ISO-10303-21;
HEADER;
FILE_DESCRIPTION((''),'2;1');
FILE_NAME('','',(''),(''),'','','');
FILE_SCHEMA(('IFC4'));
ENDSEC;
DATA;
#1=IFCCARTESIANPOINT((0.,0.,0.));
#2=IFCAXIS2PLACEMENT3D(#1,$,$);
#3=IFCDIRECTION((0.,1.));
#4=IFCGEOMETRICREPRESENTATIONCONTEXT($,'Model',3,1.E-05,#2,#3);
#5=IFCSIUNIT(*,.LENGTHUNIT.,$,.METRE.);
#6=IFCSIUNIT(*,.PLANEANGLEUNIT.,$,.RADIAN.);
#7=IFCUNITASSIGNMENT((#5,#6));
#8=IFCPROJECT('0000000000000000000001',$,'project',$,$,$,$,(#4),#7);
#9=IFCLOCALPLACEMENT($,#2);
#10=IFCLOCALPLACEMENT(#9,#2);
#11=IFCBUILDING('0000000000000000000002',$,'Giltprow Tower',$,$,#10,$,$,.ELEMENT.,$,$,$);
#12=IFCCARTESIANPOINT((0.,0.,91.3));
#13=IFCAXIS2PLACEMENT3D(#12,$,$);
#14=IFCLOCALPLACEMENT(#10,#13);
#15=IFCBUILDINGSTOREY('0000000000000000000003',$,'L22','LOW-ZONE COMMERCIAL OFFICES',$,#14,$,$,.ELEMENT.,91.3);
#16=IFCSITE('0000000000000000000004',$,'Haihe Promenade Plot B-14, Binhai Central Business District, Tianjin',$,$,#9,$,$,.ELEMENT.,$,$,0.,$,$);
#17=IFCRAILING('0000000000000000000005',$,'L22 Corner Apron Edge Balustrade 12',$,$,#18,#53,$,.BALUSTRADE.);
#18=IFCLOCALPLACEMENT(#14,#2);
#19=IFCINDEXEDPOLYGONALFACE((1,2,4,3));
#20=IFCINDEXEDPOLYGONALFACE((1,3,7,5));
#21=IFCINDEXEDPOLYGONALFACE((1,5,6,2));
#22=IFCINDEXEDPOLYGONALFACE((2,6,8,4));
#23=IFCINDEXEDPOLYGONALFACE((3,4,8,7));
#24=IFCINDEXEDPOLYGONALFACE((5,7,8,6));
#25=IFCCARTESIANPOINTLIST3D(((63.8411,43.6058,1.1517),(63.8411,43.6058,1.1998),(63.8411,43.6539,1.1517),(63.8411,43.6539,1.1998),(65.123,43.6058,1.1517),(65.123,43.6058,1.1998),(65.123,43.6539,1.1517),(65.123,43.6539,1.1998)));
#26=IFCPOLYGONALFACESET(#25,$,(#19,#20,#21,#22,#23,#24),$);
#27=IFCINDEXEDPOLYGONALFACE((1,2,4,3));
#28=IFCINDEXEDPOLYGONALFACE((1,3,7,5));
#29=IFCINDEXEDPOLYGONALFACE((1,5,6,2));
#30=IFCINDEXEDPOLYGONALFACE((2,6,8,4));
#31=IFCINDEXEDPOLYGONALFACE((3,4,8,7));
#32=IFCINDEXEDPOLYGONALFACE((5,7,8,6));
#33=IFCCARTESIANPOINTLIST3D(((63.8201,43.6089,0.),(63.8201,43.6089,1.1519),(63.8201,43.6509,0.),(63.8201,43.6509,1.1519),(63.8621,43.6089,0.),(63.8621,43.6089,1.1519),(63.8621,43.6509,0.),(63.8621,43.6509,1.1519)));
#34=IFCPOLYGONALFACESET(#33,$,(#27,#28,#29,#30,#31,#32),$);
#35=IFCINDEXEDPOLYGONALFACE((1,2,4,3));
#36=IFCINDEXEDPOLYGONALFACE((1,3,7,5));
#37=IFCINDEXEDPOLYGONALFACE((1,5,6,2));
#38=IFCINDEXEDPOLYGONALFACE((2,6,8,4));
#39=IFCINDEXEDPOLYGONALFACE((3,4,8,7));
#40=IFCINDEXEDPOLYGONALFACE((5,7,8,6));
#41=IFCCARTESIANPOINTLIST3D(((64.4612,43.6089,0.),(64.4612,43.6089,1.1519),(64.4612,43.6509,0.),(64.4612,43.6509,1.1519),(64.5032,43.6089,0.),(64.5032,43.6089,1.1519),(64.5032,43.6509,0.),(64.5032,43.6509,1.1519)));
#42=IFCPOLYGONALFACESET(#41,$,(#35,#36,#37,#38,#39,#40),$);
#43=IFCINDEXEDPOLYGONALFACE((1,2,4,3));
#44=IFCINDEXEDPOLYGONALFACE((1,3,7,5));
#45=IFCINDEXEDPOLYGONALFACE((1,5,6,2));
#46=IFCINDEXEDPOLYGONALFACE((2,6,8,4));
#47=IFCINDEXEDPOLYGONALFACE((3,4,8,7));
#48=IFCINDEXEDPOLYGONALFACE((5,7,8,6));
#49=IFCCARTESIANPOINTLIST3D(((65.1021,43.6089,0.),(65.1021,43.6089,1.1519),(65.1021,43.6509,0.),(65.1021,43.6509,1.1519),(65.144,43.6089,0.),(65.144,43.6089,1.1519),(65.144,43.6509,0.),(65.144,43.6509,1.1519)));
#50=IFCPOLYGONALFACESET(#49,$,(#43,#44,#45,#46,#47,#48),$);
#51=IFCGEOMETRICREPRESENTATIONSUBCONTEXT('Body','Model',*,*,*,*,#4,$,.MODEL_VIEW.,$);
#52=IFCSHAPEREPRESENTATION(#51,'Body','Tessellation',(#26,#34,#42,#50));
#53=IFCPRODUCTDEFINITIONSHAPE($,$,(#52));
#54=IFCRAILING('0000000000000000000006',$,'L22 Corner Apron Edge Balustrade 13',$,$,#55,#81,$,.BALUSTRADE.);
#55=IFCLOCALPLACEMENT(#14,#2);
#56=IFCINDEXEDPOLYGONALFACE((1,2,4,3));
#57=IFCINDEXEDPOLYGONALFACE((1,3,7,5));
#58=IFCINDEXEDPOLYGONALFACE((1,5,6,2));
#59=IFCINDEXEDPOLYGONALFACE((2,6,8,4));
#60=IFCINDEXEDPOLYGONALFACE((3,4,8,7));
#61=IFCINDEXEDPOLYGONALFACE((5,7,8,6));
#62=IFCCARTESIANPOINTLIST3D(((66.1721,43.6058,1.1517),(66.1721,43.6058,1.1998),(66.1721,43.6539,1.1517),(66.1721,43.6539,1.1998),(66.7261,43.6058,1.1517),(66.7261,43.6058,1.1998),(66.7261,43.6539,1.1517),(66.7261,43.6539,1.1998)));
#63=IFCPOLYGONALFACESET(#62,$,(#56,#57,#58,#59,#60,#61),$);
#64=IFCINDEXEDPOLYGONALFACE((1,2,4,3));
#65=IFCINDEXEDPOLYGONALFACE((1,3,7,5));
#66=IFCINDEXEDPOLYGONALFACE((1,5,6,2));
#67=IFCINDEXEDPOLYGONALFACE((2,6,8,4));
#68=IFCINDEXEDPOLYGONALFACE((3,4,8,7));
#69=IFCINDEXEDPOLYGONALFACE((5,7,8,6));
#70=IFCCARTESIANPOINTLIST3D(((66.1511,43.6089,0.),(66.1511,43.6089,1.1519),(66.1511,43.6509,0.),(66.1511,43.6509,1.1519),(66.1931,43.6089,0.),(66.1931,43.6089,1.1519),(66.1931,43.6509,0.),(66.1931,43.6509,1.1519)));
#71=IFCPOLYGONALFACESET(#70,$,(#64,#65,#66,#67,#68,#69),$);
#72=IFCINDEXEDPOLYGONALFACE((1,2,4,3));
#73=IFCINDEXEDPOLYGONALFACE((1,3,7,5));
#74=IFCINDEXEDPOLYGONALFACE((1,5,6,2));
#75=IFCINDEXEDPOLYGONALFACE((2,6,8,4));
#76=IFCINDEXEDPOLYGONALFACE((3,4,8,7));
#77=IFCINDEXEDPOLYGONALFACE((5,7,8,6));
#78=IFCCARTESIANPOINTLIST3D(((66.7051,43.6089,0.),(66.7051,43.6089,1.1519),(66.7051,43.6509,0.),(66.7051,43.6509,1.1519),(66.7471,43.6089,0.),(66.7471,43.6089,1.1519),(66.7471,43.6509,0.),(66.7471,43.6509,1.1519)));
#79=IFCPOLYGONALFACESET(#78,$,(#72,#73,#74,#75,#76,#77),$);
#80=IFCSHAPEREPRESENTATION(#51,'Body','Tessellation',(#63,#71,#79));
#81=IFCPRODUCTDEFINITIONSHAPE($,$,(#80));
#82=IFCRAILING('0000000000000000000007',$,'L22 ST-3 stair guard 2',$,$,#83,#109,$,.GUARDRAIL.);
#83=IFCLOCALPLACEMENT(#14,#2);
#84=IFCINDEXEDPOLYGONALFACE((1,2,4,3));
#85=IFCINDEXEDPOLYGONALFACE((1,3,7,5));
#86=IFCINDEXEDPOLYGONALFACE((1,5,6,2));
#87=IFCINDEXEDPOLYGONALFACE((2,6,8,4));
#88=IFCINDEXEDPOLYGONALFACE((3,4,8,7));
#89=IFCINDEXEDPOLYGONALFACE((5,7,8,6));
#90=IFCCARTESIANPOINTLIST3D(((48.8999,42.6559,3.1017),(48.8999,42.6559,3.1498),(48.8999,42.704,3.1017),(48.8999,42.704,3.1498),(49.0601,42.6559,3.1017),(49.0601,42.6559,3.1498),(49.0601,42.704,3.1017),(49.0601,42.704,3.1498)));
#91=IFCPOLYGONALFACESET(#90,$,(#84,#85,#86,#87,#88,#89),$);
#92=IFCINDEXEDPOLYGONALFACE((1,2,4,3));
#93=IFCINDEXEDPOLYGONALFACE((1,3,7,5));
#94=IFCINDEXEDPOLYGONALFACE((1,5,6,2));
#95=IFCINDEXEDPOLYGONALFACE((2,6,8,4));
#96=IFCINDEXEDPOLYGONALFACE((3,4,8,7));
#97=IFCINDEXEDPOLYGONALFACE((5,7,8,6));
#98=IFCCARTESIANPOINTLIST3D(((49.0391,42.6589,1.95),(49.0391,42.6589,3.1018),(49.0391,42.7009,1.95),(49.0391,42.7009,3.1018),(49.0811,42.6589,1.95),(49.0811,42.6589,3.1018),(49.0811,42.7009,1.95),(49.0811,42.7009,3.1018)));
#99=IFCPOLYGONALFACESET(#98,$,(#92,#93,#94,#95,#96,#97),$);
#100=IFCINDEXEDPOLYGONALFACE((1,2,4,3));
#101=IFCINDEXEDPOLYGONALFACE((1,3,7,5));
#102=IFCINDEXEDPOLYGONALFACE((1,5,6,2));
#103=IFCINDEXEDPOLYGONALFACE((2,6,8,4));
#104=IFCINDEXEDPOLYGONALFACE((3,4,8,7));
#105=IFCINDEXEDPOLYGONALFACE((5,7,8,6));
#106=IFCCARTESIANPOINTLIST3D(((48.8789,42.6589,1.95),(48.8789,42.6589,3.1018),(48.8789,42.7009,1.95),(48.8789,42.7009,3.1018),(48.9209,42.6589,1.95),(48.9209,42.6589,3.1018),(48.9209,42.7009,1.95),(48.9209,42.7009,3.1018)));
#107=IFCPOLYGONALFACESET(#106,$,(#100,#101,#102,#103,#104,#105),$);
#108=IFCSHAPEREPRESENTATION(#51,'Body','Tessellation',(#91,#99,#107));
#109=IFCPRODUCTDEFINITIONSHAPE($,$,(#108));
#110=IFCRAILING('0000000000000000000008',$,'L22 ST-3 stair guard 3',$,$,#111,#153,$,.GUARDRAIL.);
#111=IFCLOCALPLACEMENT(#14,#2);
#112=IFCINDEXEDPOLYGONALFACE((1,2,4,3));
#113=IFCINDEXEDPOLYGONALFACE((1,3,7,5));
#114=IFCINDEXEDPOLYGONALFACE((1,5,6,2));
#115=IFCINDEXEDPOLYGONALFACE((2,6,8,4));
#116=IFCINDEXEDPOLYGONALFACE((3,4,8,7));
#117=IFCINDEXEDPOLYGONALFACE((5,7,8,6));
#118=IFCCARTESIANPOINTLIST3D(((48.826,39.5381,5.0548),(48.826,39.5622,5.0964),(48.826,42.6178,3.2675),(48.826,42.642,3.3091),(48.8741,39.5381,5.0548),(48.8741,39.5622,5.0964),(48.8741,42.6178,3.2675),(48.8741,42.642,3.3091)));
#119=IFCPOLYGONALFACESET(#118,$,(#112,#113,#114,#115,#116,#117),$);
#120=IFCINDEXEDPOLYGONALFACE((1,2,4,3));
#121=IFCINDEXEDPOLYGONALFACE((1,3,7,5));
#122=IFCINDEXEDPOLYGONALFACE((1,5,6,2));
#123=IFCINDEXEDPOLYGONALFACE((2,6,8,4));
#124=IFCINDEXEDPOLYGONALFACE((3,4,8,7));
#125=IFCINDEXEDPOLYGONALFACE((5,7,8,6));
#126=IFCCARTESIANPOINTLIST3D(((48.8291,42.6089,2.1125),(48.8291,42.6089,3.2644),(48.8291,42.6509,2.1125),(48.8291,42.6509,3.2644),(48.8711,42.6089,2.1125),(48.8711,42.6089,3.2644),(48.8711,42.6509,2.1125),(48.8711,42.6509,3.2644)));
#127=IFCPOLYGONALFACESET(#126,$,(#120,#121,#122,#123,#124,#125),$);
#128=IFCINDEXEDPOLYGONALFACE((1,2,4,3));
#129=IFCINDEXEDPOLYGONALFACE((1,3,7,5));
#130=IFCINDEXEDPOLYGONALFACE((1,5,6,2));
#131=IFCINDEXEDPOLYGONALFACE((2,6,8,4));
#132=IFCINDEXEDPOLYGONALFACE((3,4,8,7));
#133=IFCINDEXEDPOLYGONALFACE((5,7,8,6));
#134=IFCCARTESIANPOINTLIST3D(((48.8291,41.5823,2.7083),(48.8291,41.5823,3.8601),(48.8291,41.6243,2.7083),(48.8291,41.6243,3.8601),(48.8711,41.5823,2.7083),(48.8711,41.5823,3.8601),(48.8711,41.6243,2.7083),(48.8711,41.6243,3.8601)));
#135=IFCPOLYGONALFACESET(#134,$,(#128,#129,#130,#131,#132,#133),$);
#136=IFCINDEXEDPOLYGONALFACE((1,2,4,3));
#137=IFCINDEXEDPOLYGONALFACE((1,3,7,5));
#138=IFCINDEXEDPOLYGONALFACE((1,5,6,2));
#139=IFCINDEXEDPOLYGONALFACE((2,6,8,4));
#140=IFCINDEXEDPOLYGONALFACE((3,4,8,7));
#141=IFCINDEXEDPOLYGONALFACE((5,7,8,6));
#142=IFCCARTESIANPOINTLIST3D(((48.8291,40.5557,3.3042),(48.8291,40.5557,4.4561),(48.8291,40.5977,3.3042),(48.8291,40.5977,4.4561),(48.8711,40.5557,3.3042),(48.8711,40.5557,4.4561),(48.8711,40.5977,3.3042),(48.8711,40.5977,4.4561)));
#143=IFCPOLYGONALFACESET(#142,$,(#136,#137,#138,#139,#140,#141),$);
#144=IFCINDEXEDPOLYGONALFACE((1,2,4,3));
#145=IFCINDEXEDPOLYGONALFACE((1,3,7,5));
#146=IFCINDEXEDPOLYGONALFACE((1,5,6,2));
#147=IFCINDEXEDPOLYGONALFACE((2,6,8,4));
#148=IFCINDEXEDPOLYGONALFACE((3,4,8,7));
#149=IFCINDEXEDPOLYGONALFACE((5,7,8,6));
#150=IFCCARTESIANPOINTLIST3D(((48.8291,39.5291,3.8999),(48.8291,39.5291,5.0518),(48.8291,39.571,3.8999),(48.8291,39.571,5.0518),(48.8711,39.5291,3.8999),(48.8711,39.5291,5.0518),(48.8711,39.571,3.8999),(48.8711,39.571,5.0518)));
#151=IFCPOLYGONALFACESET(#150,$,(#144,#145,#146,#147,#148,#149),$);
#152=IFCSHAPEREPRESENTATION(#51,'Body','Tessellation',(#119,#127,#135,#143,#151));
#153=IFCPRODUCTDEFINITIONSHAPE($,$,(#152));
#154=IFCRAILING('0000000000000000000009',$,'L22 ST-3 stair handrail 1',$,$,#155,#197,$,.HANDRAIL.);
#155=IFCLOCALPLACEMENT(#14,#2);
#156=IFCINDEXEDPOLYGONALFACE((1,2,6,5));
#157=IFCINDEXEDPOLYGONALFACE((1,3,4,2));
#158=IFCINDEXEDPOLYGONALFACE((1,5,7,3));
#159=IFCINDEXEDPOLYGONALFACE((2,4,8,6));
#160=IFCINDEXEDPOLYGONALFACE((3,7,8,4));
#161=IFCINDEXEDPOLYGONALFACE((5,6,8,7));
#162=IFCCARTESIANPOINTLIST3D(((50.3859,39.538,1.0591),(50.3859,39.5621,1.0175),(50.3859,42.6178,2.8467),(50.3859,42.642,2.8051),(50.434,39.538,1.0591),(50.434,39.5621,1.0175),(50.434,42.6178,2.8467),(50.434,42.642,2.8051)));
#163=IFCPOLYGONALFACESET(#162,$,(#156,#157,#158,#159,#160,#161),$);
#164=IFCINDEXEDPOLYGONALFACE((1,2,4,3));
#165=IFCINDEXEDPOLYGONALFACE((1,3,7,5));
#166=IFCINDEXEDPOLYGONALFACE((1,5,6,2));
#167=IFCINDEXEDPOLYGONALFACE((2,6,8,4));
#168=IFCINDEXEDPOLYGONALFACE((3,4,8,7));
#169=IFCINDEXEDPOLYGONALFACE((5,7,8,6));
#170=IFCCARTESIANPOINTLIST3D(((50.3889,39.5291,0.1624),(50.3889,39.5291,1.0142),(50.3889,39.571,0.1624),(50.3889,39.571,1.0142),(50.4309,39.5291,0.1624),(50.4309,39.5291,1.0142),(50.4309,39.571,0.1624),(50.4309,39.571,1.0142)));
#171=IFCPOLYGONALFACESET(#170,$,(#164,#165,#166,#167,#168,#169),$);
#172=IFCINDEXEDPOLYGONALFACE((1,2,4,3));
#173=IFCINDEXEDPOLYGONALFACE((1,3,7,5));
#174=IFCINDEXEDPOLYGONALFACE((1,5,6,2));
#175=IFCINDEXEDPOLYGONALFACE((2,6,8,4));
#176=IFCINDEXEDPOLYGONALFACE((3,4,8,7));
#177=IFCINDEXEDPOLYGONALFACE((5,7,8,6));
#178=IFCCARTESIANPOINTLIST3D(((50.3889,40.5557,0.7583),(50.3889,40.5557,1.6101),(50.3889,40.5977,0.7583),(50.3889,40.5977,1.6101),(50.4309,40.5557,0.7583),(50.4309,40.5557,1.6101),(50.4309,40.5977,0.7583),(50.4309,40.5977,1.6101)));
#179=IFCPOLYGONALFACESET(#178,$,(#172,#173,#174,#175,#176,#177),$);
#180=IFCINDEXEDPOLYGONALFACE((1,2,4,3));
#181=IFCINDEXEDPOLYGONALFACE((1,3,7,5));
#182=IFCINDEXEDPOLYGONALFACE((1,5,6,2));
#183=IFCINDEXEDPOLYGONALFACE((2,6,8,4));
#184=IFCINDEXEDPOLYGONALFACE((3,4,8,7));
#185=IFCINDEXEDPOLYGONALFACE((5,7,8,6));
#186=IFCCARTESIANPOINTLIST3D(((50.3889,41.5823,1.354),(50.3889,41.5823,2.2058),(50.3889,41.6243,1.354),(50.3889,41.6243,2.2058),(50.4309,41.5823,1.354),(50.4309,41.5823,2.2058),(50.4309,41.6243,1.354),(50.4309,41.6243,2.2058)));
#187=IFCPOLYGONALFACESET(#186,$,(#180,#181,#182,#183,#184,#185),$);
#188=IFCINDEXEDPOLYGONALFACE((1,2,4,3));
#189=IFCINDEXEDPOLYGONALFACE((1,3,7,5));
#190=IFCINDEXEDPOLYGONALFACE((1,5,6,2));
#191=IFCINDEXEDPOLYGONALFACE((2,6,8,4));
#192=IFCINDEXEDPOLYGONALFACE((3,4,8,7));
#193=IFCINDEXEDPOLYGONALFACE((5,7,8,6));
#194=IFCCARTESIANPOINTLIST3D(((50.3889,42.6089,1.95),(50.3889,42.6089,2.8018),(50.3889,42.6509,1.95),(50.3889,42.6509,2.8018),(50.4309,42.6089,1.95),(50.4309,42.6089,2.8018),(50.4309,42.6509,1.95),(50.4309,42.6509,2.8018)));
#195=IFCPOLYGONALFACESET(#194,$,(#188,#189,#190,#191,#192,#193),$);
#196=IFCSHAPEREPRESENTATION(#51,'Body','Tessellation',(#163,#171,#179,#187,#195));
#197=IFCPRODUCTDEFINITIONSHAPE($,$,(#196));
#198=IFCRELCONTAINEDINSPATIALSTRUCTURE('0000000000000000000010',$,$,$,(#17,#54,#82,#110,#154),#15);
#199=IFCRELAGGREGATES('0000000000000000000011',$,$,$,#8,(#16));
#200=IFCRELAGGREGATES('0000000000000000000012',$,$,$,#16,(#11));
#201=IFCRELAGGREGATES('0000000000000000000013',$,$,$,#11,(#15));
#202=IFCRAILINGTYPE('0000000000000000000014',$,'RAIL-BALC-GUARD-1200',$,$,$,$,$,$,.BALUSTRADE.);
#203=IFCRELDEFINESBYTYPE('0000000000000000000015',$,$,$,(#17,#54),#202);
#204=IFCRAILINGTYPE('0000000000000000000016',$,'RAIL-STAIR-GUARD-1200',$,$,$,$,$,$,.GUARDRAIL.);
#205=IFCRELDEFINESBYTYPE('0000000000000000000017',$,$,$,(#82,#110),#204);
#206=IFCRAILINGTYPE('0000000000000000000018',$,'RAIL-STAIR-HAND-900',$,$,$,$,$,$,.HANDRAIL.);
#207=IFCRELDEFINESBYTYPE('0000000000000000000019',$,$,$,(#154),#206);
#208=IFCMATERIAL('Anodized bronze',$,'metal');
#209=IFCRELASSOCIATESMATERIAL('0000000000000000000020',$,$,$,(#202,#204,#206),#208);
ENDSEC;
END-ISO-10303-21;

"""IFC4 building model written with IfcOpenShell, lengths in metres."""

from ifc_helpers import new_model, si_unit, direction, frame, origin, origin_2d, place, context, subcontext, project, spatial, rectangle, extrude, material, type_object, element, save


model = new_model("IFC4")

# Units and contexts
model_context = context("Model", 3, precision=1e-05, world=origin(), true_north=direction((0.0, 1.0)))
body_context = subcontext(model_context, "Body", "Model", "MODEL_VIEW")
ifc_project = project(units=[si_unit("LENGTHUNIT", "METRE"), si_unit("PLANEANGLEUNIT", "RADIAN")], contexts=[model_context])

# Site, building, storey
site_placement = place(None, origin())
site = spatial("IfcSite", under=ifc_project, at=site_placement, Name="Haihe Promenade Plot B-14, Binhai Central Business District, Tianjin", CompositionType="ELEMENT", RefElevation=0.0)
building_placement = place(site_placement, origin())
building = spatial("IfcBuilding", under=site, at=building_placement, Name="Giltprow Tower", CompositionType="ELEMENT")
storey_placement = place(building_placement, frame((0.0, 0.0, 91.3)))
storey = spatial("IfcBuildingStorey", under=building, at=storey_placement, Name="L22", Description="LOW-ZONE COMMERCIAL OFFICES", CompositionType="ELEMENT", Elevation=91.3)

# Railings
ifc_material_1 = material(Name="Anodized bronze", Category="metal")
railing_type_1 = type_object("IfcRailingType", Name="RAIL-BALC-GUARD-1200", PredefinedType="BALUSTRADE", material=ifc_material_1)
railing_1_placement = place(storey_placement, frame((63.8411, 43.6299, 0.0)))
element("IfcRailing", 1, at=railing_1_placement, inside=storey, type_object=railing_type_1, Name="L22 Corner Apron Edge Balustrade 12", PredefinedType="BALUSTRADE", context=body_context, shape_type="SweptSolid", body=[
    extrude(rectangle(XDim=0.0481, YDim=0.0481, at=origin_2d()), frame((0.0, 0.0, 1.1758), z_axis=(1.0, 0.0, 0.0), x_axis=(0.0, 1.0, 0.0)), (0.0, 0.0, 1.0), 1.282),
    extrude(rectangle(XDim=0.042, YDim=0.042, at=origin_2d()), origin(), (0.0, 0.0, 1.0), 1.1519),
    extrude(rectangle(XDim=0.042, YDim=0.042, at=origin_2d()), frame((0.6411, 0.0, 0.0)), (0.0, 0.0, 1.0), 1.1519),
    extrude(rectangle(XDim=0.042, YDim=0.042, at=origin_2d()), frame((1.282, 0.0, 0.0)), (0.0, 0.0, 1.0), 1.1519),
])
railing_2_placement = place(storey_placement, frame((66.1721, 43.6299, 0.0)))
element("IfcRailing", 2, at=railing_2_placement, inside=storey, type_object=railing_type_1, Name="L22 Corner Apron Edge Balustrade 13", PredefinedType="BALUSTRADE", context=body_context, shape_type="SweptSolid", body=[
    extrude(rectangle(XDim=0.0481, YDim=0.0481, at=origin_2d()), frame((0.0, 0.0, 1.1758), z_axis=(1.0, 0.0, 0.0), x_axis=(0.0, 1.0, 0.0)), (0.0, 0.0, 1.0), 0.554),
    extrude(rectangle(XDim=0.042, YDim=0.042, at=origin_2d()), origin(), (0.0, 0.0, 1.0), 1.1519),
    extrude(rectangle(XDim=0.042, YDim=0.042, at=origin_2d()), frame((0.554, 0.0, 0.0)), (0.0, 0.0, 1.0), 1.1519),
])
railing_type_2 = type_object("IfcRailingType", Name="RAIL-STAIR-GUARD-1200", PredefinedType="GUARDRAIL", material=ifc_material_1)
railing_3_placement = place(storey_placement, frame((49.0601, 42.6799, 1.95)))
element("IfcRailing", 3, at=railing_3_placement, inside=storey, type_object=railing_type_2, Name="L22 ST-3 stair guard 2", PredefinedType="GUARDRAIL", context=body_context, shape_type="SweptSolid", body=[
    extrude(rectangle(XDim=0.0481, YDim=0.0481, at=origin_2d()), frame((0.0, 0.0, 1.1758), z_axis=(-1.0, 0.0, 0.0), x_axis=(0.0, -1.0, 0.0)), (0.0, 0.0, 1.0), 0.1602),
    extrude(rectangle(XDim=0.042, YDim=0.042, at=origin_2d()), origin(), (0.0, 0.0, 1.0), 1.1519),
    extrude(rectangle(XDim=0.042, YDim=0.042, at=origin_2d()), frame((-0.1602, 0.0, 0.0)), (0.0, 0.0, 1.0), 1.1519),
])
railing_4_placement = place(storey_placement, frame((48.8501, 42.6299, 2.1125)))
element("IfcRailing", 4, at=railing_4_placement, inside=storey, type_object=railing_type_2, Name="L22 ST-3 stair guard 3", PredefinedType="GUARDRAIL", context=body_context, shape_type="SweptSolid", body=[
    extrude(rectangle(XDim=0.0481, YDim=0.0481, at=origin_2d()), frame((0.0, 0.0, 1.1758), z_axis=(0.0, -0.864903, 0.501939), x_axis=(1.0, 0.0, 0.0)), (0.0, 0.0, 1.0), 3.5608),
    extrude(rectangle(XDim=0.042, YDim=0.042, at=origin_2d()), origin(), (0.0, 0.0, 1.0), 1.1519),
    extrude(rectangle(XDim=0.042, YDim=0.042, at=origin_2d()), frame((0.0, -1.0266, 0.5957)), (0.0, 0.0, 1.0), 1.1519),
    extrude(rectangle(XDim=0.042, YDim=0.042, at=origin_2d()), frame((0.0, -2.0532, 1.1917)), (0.0, 0.0, 1.0), 1.1519),
    extrude(rectangle(XDim=0.042, YDim=0.042, at=origin_2d()), frame((0.0, -3.0798, 1.7874)), (0.0, 0.0, 1.0), 1.1519),
])
railing_type_3 = type_object("IfcRailingType", Name="RAIL-STAIR-HAND-900", PredefinedType="HANDRAIL", material=ifc_material_1)
railing_5_placement = place(storey_placement, frame((50.4099, 39.55, 0.1624)))
element("IfcRailing", 5, at=railing_5_placement, inside=storey, type_object=railing_type_3, Name="L22 ST-3 stair handrail 1", PredefinedType="HANDRAIL", context=body_context, shape_type="SweptSolid", body=[
    extrude(rectangle(XDim=0.0481, YDim=0.0481, at=origin_2d()), frame((0.0, 0.0, 0.876), z_axis=(0.0, 0.864873, 0.50199), x_axis=(-1.0, 0.0, 0.0)), (0.0, 0.0, 1.0), 3.561),
    extrude(rectangle(XDim=0.042, YDim=0.042, at=origin_2d()), origin(), (0.0, 0.0, 1.0), 0.8518),
    extrude(rectangle(XDim=0.042, YDim=0.042, at=origin_2d()), frame((0.0, 1.0266, 0.5959)), (0.0, 0.0, 1.0), 0.8518),
    extrude(rectangle(XDim=0.042, YDim=0.042, at=origin_2d()), frame((0.0, 2.0532, 1.1917)), (0.0, 0.0, 1.0), 0.8518),
    extrude(rectangle(XDim=0.042, YDim=0.042, at=origin_2d()), frame((0.0, 3.0798, 1.7876)), (0.0, 0.0, 1.0), 0.8518),
])

save(model, "model.ifc")
